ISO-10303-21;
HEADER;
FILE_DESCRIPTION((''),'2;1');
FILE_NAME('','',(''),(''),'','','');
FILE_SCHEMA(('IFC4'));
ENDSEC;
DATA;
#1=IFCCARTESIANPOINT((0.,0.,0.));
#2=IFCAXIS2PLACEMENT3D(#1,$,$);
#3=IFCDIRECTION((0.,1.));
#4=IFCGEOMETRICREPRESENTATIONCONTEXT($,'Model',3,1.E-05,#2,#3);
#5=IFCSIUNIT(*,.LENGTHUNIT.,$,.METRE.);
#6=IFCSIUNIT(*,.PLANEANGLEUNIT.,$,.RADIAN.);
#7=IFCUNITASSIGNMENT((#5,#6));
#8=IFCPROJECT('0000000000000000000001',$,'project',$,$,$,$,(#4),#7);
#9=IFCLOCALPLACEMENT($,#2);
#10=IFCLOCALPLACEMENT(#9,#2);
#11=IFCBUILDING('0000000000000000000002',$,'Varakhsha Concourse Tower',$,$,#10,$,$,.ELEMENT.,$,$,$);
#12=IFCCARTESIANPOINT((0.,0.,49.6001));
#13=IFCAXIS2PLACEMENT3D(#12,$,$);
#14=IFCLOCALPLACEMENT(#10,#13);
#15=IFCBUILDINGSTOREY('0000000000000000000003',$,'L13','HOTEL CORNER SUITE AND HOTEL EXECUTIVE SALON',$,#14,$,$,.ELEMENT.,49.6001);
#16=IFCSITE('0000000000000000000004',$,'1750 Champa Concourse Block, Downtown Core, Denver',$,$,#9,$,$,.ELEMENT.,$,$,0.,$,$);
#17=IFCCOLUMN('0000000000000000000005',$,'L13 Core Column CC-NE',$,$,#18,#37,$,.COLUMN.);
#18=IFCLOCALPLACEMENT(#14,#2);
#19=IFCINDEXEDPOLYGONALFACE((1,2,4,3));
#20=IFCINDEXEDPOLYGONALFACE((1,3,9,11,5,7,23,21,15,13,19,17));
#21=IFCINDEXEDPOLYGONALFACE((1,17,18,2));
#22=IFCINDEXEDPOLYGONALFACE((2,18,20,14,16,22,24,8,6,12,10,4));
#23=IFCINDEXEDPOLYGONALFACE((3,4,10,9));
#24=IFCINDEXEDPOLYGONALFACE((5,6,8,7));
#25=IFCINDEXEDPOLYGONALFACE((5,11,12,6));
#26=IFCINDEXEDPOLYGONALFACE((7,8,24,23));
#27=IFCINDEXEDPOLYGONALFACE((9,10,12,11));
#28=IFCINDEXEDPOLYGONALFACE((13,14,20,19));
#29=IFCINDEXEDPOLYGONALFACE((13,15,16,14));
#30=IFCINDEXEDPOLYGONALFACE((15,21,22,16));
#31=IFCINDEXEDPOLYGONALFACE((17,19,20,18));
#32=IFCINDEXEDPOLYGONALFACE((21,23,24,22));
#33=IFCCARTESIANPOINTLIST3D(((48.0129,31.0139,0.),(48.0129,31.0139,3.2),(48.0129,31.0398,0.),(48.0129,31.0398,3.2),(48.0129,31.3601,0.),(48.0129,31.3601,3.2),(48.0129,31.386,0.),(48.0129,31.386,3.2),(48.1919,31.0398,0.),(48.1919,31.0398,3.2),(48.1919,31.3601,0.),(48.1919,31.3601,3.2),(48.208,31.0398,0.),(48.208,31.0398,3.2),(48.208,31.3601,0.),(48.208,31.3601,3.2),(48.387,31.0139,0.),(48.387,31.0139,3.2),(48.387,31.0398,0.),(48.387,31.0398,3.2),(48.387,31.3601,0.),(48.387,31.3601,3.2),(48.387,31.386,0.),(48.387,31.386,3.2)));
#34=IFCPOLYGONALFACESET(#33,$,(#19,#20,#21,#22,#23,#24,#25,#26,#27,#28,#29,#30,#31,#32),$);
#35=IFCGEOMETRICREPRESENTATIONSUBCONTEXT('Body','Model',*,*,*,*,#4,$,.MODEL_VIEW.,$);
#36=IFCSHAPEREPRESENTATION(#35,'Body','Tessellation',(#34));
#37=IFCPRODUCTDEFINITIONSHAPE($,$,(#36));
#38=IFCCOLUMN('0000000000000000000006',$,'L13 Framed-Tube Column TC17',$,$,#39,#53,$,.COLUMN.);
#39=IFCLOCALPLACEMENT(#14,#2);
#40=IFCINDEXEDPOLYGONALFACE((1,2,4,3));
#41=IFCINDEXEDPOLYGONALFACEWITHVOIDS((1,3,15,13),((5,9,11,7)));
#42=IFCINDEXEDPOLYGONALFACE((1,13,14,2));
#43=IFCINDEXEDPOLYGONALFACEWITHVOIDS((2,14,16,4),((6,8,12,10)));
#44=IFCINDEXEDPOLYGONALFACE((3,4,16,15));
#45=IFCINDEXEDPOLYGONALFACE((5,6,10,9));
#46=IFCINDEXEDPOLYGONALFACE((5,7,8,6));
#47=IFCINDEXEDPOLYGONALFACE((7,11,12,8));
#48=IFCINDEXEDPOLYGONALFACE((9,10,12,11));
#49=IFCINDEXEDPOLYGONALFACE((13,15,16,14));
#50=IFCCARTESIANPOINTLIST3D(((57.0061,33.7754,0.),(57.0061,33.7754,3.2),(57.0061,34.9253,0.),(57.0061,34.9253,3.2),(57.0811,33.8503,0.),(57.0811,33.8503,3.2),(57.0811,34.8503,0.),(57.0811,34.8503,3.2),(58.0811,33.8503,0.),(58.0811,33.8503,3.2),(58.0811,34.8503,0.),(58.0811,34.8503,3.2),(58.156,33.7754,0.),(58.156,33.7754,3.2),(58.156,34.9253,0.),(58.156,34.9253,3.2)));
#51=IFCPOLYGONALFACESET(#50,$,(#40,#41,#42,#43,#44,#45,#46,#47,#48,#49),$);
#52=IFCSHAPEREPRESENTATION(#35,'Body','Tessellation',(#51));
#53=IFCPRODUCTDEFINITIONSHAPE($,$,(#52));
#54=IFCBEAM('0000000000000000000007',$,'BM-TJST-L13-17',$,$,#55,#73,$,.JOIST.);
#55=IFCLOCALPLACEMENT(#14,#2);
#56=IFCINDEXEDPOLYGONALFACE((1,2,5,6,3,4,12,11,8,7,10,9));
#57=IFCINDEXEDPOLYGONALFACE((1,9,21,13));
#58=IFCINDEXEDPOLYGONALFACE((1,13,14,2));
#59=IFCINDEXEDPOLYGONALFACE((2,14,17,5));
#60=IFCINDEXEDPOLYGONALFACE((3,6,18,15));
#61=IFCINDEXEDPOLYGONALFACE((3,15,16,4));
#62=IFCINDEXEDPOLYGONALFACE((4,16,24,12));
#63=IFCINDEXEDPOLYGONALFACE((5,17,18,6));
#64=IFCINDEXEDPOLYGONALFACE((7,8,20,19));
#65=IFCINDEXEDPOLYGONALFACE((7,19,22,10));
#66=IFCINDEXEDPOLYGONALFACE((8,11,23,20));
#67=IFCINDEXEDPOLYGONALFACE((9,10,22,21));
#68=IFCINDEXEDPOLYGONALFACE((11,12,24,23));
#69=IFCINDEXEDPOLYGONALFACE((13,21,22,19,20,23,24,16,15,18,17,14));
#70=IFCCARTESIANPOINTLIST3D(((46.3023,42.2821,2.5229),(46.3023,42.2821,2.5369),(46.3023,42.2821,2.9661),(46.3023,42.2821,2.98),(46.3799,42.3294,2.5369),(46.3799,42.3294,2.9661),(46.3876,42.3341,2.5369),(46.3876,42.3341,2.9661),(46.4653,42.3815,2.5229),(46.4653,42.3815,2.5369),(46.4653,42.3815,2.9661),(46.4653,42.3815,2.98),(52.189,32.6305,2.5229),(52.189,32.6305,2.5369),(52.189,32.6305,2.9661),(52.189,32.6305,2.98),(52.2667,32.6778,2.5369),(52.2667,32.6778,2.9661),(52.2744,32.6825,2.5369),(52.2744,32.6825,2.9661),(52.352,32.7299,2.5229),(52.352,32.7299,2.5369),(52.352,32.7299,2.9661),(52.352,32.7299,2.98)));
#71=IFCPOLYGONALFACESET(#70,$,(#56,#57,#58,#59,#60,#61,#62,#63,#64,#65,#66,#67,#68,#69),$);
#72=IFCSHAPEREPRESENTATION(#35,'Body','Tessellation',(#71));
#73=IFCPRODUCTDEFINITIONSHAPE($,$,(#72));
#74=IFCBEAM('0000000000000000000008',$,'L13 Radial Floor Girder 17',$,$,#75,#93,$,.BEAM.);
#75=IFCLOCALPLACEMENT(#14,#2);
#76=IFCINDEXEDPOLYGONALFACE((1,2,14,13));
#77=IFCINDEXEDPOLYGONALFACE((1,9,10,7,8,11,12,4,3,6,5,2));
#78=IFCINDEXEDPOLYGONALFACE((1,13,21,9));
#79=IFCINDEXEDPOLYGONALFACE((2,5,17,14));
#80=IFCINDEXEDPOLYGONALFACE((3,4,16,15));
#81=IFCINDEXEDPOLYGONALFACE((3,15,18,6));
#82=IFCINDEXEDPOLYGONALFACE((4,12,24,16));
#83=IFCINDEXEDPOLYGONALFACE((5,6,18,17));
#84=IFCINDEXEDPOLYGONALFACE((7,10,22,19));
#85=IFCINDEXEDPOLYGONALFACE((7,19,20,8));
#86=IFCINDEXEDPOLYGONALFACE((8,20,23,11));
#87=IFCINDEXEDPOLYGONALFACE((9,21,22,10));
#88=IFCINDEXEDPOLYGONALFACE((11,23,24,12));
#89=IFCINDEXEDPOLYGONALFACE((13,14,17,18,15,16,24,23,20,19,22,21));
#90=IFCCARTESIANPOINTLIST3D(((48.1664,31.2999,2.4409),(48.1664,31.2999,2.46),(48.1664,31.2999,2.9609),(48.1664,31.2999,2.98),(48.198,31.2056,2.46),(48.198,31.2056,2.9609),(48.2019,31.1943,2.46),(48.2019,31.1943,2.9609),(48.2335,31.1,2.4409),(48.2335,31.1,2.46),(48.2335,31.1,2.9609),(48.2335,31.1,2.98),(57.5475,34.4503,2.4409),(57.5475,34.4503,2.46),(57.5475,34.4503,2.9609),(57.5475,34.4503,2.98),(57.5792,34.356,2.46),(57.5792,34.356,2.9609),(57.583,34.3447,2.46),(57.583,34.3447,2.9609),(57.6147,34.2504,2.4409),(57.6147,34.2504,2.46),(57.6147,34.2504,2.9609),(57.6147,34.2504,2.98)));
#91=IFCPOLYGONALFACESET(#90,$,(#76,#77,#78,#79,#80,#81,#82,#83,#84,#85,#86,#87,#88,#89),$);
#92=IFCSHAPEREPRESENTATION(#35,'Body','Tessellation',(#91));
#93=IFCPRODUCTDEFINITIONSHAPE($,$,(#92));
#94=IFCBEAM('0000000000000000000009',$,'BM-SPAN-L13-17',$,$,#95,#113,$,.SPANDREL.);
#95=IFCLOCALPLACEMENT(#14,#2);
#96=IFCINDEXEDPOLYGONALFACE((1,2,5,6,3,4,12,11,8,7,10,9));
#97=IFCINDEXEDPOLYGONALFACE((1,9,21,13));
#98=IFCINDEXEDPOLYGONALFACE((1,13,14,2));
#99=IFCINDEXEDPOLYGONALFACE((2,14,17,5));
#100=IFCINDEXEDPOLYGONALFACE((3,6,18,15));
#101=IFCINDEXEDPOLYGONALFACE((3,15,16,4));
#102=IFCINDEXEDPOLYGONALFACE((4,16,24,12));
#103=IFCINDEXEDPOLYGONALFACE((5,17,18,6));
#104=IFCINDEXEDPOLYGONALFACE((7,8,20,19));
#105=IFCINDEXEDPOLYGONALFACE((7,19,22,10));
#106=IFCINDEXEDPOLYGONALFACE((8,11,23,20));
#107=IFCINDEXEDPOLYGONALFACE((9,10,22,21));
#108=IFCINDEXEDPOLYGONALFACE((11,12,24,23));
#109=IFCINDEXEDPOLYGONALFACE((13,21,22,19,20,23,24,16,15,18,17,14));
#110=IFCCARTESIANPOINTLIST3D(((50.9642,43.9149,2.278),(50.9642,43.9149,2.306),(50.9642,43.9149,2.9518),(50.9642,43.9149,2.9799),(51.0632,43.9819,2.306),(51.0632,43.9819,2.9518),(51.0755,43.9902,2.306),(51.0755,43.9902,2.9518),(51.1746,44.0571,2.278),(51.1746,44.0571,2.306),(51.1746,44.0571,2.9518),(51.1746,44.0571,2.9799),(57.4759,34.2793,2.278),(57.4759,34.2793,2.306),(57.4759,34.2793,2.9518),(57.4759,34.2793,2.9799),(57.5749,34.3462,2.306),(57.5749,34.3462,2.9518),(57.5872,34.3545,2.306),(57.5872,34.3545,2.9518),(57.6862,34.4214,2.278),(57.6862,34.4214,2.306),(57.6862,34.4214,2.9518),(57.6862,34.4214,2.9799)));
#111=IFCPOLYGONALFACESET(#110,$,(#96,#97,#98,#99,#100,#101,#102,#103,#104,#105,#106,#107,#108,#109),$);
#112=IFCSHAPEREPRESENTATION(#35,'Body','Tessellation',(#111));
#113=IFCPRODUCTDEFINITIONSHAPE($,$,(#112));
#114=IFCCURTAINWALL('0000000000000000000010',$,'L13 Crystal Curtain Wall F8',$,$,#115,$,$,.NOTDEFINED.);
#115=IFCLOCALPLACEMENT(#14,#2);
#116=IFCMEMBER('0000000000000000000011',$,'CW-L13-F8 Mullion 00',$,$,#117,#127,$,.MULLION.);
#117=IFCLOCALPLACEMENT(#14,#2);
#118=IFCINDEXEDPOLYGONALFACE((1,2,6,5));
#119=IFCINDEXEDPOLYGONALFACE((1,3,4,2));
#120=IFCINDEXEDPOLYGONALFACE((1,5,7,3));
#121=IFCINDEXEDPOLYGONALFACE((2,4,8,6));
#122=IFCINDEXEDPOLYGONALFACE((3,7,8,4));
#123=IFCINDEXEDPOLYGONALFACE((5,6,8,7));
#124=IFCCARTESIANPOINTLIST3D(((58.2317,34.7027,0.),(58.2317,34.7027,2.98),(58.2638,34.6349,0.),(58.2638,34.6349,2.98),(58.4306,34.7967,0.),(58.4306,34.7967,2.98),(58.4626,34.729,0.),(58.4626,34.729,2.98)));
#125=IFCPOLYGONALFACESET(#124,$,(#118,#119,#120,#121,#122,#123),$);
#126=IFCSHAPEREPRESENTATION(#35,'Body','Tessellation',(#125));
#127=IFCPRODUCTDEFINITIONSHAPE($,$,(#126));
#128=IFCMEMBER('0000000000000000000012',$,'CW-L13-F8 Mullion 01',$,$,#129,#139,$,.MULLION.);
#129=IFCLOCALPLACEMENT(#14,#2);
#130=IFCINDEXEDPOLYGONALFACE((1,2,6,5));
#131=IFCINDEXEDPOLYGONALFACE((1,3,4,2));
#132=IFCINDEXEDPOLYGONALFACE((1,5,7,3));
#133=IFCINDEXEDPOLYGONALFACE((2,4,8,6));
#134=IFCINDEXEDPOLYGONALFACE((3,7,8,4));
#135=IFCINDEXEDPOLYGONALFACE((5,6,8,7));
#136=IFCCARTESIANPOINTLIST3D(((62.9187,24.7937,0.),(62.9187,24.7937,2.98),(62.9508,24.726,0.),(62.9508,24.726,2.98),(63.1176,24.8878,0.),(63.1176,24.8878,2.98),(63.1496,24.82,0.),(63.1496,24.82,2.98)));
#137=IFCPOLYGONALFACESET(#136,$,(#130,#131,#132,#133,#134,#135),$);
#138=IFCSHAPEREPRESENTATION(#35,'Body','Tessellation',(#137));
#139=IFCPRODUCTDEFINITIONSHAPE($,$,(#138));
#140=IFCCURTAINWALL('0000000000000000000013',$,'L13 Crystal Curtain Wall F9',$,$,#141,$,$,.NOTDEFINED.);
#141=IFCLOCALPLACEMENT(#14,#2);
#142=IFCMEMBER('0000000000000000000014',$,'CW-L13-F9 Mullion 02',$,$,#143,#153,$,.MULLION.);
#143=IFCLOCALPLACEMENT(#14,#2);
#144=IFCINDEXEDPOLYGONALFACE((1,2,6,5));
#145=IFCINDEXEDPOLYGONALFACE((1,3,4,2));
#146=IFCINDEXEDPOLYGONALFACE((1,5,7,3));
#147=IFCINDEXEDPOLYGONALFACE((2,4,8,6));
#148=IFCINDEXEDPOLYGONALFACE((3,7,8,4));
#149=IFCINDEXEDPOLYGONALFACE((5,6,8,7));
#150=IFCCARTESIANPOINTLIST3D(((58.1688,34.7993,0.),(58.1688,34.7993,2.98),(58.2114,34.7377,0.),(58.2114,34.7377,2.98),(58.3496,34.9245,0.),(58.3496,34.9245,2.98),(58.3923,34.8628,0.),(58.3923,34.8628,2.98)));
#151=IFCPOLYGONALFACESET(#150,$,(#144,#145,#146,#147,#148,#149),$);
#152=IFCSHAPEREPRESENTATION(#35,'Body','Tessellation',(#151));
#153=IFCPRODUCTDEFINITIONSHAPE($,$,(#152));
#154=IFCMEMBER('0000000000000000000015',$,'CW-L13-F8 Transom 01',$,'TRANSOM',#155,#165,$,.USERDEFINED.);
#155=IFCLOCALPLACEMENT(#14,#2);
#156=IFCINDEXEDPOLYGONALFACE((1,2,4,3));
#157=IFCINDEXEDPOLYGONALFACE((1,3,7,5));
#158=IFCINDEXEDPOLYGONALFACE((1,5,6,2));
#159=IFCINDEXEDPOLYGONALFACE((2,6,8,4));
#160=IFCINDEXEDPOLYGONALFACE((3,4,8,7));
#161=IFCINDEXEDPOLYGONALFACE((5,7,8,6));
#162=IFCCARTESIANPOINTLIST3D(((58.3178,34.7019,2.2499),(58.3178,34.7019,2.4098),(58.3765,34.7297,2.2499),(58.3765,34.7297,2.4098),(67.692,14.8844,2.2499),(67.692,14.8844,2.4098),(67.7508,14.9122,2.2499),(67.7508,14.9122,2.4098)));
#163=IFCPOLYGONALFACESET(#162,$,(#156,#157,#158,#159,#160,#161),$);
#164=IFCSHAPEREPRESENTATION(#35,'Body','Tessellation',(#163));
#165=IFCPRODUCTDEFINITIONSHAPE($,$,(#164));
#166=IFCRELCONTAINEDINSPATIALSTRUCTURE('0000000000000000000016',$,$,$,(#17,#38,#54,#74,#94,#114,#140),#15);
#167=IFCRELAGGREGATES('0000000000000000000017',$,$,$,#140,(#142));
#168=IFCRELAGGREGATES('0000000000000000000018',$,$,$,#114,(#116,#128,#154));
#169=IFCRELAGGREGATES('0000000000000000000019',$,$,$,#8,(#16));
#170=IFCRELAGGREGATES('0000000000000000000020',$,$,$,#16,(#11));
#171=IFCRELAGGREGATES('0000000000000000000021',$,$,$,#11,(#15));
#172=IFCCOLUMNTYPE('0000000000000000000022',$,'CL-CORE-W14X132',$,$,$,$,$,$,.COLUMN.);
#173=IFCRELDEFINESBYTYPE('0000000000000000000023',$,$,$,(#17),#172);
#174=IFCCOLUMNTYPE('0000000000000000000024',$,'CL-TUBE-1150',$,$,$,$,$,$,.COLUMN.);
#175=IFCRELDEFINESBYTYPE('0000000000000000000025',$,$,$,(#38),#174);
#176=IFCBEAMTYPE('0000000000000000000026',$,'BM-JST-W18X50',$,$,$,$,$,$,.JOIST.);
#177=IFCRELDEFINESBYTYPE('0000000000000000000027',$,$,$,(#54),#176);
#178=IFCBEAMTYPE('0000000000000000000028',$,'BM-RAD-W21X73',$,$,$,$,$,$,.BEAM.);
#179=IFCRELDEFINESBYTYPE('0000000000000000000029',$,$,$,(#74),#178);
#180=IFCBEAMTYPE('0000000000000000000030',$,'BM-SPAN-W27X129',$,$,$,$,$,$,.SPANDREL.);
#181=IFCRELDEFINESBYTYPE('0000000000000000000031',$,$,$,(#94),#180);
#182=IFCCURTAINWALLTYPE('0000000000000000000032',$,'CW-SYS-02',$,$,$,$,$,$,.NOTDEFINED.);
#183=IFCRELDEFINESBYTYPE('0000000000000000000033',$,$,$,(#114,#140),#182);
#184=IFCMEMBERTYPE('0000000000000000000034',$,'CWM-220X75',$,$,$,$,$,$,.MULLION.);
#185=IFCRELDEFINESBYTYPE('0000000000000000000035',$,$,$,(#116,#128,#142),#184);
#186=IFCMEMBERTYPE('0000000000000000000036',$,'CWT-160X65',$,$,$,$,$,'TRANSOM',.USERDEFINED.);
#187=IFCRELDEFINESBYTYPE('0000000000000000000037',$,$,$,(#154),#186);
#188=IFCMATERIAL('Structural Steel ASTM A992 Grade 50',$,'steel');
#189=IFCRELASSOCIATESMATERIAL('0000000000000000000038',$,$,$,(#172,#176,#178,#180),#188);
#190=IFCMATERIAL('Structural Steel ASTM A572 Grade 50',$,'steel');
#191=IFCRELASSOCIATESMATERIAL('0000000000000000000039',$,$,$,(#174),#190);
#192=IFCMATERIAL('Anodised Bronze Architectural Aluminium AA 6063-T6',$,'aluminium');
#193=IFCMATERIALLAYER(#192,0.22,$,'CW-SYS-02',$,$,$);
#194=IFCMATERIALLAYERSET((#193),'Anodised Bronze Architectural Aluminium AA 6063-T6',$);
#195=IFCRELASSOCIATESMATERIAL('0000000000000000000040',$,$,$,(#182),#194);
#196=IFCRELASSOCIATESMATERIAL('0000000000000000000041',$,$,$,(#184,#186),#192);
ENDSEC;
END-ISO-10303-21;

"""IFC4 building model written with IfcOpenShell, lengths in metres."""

from ifc_helpers import new_model, si_unit, direction, frame, origin, origin_2d, place, context, subcontext, project, spatial, rectangle, hollow_rectangle, i_section, extrude, source, transform, mapped, material, layer, layer_set, material_profile, profile_set, type_object, type_shapes, element, aggregate, save


model = new_model("IFC4")

# Units and contexts
model_context = context("Model", 3, precision=1e-05, world=origin(), true_north=direction((0.0, 1.0)))
body_context = subcontext(model_context, "Body", "Model", "MODEL_VIEW")
ifc_project = project(units=[si_unit("LENGTHUNIT", "METRE"), si_unit("PLANEANGLEUNIT", "RADIAN")], contexts=[model_context])

# Site, building, storey
site_placement = place(None, origin())
site = spatial("IfcSite", under=ifc_project, at=site_placement, Name="1750 Champa Concourse Block, Downtown Core, Denver", CompositionType="ELEMENT", RefElevation=0.0)
building_placement = place(site_placement, origin())
building = spatial("IfcBuilding", under=site, at=building_placement, Name="Varakhsha Concourse Tower", CompositionType="ELEMENT")
storey_placement = place(building_placement, frame((0.0, 0.0, 49.6001)))
storey = spatial("IfcBuildingStorey", under=building, at=storey_placement, Name="L13", Description="HOTEL CORNER SUITE AND HOTEL EXECUTIVE SALON", CompositionType="ELEMENT", Elevation=49.6001)

# Columns
ifc_material_1 = material(Name="Structural Steel ASTM A992 Grade 50", Category="steel")
ifc_material_profile_1 = material_profile(ifc_material_1, i_section(OverallWidth=0.374, OverallDepth=0.3721, WebThickness=0.0161, FlangeThickness=0.0259, at=origin_2d()), Name="W14X132")
ifc_profile_set_1 = profile_set([ifc_material_profile_1], Name="Structural Steel ASTM A992 Grade 50")
column_type_1 = type_object("IfcColumnType", Name="CL-CORE-W14X132", PredefinedType="COLUMN", material=ifc_profile_set_1)
column_1_placement = place(storey_placement, frame((48.2, 31.2, 0.0), z_axis=(0.0, 0.0, 1.0), x_axis=(1.0, 0.0, 0.0)))
element("IfcColumn", 1, at=column_1_placement, inside=storey, type_object=column_type_1, Name="L13 Core Column CC-NE", PredefinedType="COLUMN", context=body_context, shape_type="SweptSolid", body=[
    extrude(i_section(OverallWidth=0.374, OverallDepth=0.3721, WebThickness=0.0161, FlangeThickness=0.0259, at=origin_2d()), origin(), (0.0, 0.0, 1.0), 3.2),
])
ifc_material_2 = material(Name="Structural Steel ASTM A572 Grade 50", Category="steel")
ifc_material_profile_2 = material_profile(ifc_material_2, hollow_rectangle(XDim=1.1499, YDim=1.1499, WallThickness=0.075, at=origin_2d()), Name="BOX 1150x1150x75")
ifc_profile_set_2 = profile_set([ifc_material_profile_2], Name="Structural Steel ASTM A572 Grade 50")
column_type_2 = type_object("IfcColumnType", Name="CL-TUBE-1150", PredefinedType="COLUMN", material=ifc_profile_set_2)
column_2_placement = place(storey_placement, frame((57.5811, 34.3503, 0.0), z_axis=(0.0, 0.0, 1.0), x_axis=(1.0, 0.0, 0.0)))
element("IfcColumn", 2, at=column_2_placement, inside=storey, type_object=column_type_2, Name="L13 Framed-Tube Column TC17", PredefinedType="COLUMN", context=body_context, shape_type="SweptSolid", body=[
    extrude(hollow_rectangle(XDim=1.1499, YDim=1.1499, WallThickness=0.075, at=origin_2d()), origin(), (0.0, 0.0, 1.0), 3.2),
])

# Beams
ifc_material_profile_3 = material_profile(ifc_material_1, i_section(OverallWidth=0.1909, OverallDepth=0.457, WebThickness=0.009, FlangeThickness=0.0139, at=origin_2d()), Name="W18X50")
ifc_profile_set_3 = profile_set([ifc_material_profile_3], Name="Structural Steel ASTM A992 Grade 50")
beam_type_1 = type_object("IfcBeamType", Name="BM-JST-W18X50", PredefinedType="JOIST", material=ifc_profile_set_3)
beam_1_placement = place(storey_placement, frame((52.2705, 32.6802, 2.7515), z_axis=(-0.52071, 0.853734, 0.0), x_axis=(-0.853734, -0.52071, 0.0)))
element("IfcBeam", 3, at=beam_1_placement, inside=storey, type_object=beam_type_1, Name="BM-TJST-L13-17", PredefinedType="JOIST", context=body_context, shape_type="SweptSolid", body=[
    extrude(i_section(OverallWidth=0.1909, OverallDepth=0.457, WebThickness=0.009, FlangeThickness=0.0139, at=origin_2d()), origin(), (0.0, 0.0, 1.0), 11.3052),
])
ifc_material_profile_4 = material_profile(ifc_material_1, i_section(OverallWidth=0.2109, OverallDepth=0.5391, WebThickness=0.012, FlangeThickness=0.019, at=origin_2d()), Name="W21X73")
ifc_profile_set_4 = profile_set([ifc_material_profile_4], Name="Structural Steel ASTM A992 Grade 50")
beam_type_2 = type_object("IfcBeamType", Name="BM-RAD-W21X73", PredefinedType="BEAM", material=ifc_profile_set_4)
beam_2_placement = place(storey_placement, frame((48.2, 31.2, 2.7104), z_axis=(0.947973, 0.318351, 0.0), x_axis=(-0.318351, 0.947973, 0.0)))
element("IfcBeam", 4, at=beam_2_placement, inside=storey, type_object=beam_type_2, Name="L13 Radial Floor Girder 17", PredefinedType="BEAM", context=body_context, shape_type="SweptSolid", body=[
    extrude(i_section(OverallWidth=0.2109, OverallDepth=0.5391, WebThickness=0.012, FlangeThickness=0.019, at=origin_2d()), origin(), (0.0, 0.0, 1.0), 9.896),
])
ifc_material_profile_5 = material_profile(ifc_material_1, i_section(OverallWidth=0.2539, OverallDepth=0.7019, WebThickness=0.0149, FlangeThickness=0.0281, at=origin_2d()), Name="W27X129")
ifc_profile_set_5 = profile_set([ifc_material_profile_5], Name="Structural Steel ASTM A992 Grade 50")
beam_type_3 = type_object("IfcBeamType", Name="BM-SPAN-W27X129", PredefinedType="SPANDREL", material=ifc_profile_set_5)
beam_3_placement = place(storey_placement, frame((57.5811, 34.3503, 2.6289), z_axis=(-0.559921, 0.828546, 0.0), x_axis=(-0.828546, -0.559921, 0.0)))
element("IfcBeam", 5, at=beam_3_placement, inside=storey, type_object=beam_type_3, Name="BM-SPAN-L13-17", PredefinedType="SPANDREL", context=body_context, shape_type="SweptSolid", body=[
    extrude(i_section(OverallWidth=0.2539, OverallDepth=0.7019, WebThickness=0.0149, FlangeThickness=0.0281, at=origin_2d()), origin(), (0.0, 0.0, 1.0), 11.6296),
])

# Curtain wall, members
ifc_material_3 = material(Name="Anodised Bronze Architectural Aluminium AA 6063-T6", Category="aluminium")
ifc_layer_1 = layer(ifc_material_3, 0.22, Name="CW-SYS-02")
ifc_layer_set_1 = layer_set([ifc_layer_1], Name="Anodised Bronze Architectural Aluminium AA 6063-T6")
curtain_wall_type = type_object("IfcCurtainWallType", Name="CW-SYS-02", PredefinedType="NOTDEFINED", material=ifc_layer_set_1)
curtain_wall_1_placement = place(storey_placement, origin())
curtain_wall_1 = element("IfcCurtainWall", 6, at=curtain_wall_1_placement, inside=storey, type_object=curtain_wall_type, Name="L13 Crystal Curtain Wall F8", PredefinedType="NOTDEFINED")
ifc_material_profile_6 = material_profile(ifc_material_3, rectangle(XDim=0.075, YDim=0.22, at=origin_2d()), Name="CWM-220X75")
ifc_profile_set_6 = profile_set([ifc_material_profile_6], Name="Anodised Bronze Architectural Aluminium AA 6063-T6")
member_type_1 = type_object("IfcMemberType", Name="CWM-220X75", PredefinedType="MULLION", material=ifc_profile_set_6)
shared_shape_1 = source(origin(), body_context, "Body", "SweptSolid", [
    extrude(rectangle(XDim=0.075, YDim=0.22, at=origin_2d()), origin(), (0.0, 0.0, 1.0), 2.98),
])
type_shapes(member_type_1, [shared_shape_1])
member_1_placement = place(storey_placement, frame((58.3472, 34.7158, 0.0), z_axis=(0.0, 0.0, 1.0), x_axis=(0.427604, -0.903966, 0.0)))
member_1 = element("IfcMember", 7, at=member_1_placement, type_object=member_type_1, Name="CW-L13-F8 Mullion 00", PredefinedType="MULLION", context=body_context, shape_type="MappedRepresentation", body=[
    mapped(shared_shape_1, transform((0.0, 0.0, 0.0), scale=1.0)),
])
member_2_placement = place(storey_placement, frame((63.0342, 24.8069, 0.0), z_axis=(0.0, 0.0, 1.0), x_axis=(0.427604, -0.903966, 0.0)))
member_2 = element("IfcMember", 8, at=member_2_placement, type_object=member_type_1, Name="CW-L13-F8 Mullion 01", PredefinedType="MULLION", context=body_context, shape_type="MappedRepresentation", body=[
    mapped(shared_shape_1, transform((0.0, 0.0, 0.0), scale=1.0)),
])

# Curtain wall, member
curtain_wall_2_placement = place(storey_placement, origin())
curtain_wall_2 = element("IfcCurtainWall", 9, at=curtain_wall_2_placement, inside=storey, type_object=curtain_wall_type, Name="L13 Crystal Curtain Wall F9", PredefinedType="NOTDEFINED")
member_3_placement = place(storey_placement, frame((58.2805, 34.8311, 0.0), z_axis=(0.0, 0.0, 1.0), x_axis=(0.569057, -0.822298, 0.0)))
member_3 = element("IfcMember", 10, at=member_3_placement, type_object=member_type_1, Name="CW-L13-F9 Mullion 02", PredefinedType="MULLION", context=body_context, shape_type="MappedRepresentation", body=[
    mapped(shared_shape_1, transform((0.0, 0.0, 0.0), scale=1.0)),
])
aggregate(curtain_wall_2, [member_3])

# Member
ifc_material_profile_7 = material_profile(ifc_material_3, rectangle(XDim=0.0649, YDim=0.1599, at=origin_2d()), Name="CWT-160X65")
ifc_profile_set_7 = profile_set([ifc_material_profile_7], Name="Anodised Bronze Architectural Aluminium AA 6063-T6")
member_type_2 = type_object("IfcMemberType", Name="CWT-160X65", ElementType="TRANSOM", PredefinedType="USERDEFINED", material=ifc_profile_set_7)
shared_shape_2 = source(origin(), body_context, "Body", "SweptSolid", [
    extrude(rectangle(XDim=0.0649, YDim=0.1599, at=origin_2d()), origin(), (0.0, 0.0, 1.0), 21.9229),
])
type_shapes(member_type_2, [shared_shape_2])
member_4_placement = place(storey_placement, frame((58.3472, 34.7158, 2.3298), z_axis=(0.427601, -0.903968, 0.0), x_axis=(0.903968, 0.427601, 0.0)))
member_4 = element("IfcMember", 11, at=member_4_placement, type_object=member_type_2, Name="CW-L13-F8 Transom 01", ObjectType="TRANSOM", PredefinedType="USERDEFINED", context=body_context, shape_type="MappedRepresentation", body=[
    mapped(shared_shape_2, transform((0.0, 0.0, 0.0), scale=1.0)),
])

aggregate(curtain_wall_1, [member_1, member_2, member_4])

save(model, "model.ifc")
